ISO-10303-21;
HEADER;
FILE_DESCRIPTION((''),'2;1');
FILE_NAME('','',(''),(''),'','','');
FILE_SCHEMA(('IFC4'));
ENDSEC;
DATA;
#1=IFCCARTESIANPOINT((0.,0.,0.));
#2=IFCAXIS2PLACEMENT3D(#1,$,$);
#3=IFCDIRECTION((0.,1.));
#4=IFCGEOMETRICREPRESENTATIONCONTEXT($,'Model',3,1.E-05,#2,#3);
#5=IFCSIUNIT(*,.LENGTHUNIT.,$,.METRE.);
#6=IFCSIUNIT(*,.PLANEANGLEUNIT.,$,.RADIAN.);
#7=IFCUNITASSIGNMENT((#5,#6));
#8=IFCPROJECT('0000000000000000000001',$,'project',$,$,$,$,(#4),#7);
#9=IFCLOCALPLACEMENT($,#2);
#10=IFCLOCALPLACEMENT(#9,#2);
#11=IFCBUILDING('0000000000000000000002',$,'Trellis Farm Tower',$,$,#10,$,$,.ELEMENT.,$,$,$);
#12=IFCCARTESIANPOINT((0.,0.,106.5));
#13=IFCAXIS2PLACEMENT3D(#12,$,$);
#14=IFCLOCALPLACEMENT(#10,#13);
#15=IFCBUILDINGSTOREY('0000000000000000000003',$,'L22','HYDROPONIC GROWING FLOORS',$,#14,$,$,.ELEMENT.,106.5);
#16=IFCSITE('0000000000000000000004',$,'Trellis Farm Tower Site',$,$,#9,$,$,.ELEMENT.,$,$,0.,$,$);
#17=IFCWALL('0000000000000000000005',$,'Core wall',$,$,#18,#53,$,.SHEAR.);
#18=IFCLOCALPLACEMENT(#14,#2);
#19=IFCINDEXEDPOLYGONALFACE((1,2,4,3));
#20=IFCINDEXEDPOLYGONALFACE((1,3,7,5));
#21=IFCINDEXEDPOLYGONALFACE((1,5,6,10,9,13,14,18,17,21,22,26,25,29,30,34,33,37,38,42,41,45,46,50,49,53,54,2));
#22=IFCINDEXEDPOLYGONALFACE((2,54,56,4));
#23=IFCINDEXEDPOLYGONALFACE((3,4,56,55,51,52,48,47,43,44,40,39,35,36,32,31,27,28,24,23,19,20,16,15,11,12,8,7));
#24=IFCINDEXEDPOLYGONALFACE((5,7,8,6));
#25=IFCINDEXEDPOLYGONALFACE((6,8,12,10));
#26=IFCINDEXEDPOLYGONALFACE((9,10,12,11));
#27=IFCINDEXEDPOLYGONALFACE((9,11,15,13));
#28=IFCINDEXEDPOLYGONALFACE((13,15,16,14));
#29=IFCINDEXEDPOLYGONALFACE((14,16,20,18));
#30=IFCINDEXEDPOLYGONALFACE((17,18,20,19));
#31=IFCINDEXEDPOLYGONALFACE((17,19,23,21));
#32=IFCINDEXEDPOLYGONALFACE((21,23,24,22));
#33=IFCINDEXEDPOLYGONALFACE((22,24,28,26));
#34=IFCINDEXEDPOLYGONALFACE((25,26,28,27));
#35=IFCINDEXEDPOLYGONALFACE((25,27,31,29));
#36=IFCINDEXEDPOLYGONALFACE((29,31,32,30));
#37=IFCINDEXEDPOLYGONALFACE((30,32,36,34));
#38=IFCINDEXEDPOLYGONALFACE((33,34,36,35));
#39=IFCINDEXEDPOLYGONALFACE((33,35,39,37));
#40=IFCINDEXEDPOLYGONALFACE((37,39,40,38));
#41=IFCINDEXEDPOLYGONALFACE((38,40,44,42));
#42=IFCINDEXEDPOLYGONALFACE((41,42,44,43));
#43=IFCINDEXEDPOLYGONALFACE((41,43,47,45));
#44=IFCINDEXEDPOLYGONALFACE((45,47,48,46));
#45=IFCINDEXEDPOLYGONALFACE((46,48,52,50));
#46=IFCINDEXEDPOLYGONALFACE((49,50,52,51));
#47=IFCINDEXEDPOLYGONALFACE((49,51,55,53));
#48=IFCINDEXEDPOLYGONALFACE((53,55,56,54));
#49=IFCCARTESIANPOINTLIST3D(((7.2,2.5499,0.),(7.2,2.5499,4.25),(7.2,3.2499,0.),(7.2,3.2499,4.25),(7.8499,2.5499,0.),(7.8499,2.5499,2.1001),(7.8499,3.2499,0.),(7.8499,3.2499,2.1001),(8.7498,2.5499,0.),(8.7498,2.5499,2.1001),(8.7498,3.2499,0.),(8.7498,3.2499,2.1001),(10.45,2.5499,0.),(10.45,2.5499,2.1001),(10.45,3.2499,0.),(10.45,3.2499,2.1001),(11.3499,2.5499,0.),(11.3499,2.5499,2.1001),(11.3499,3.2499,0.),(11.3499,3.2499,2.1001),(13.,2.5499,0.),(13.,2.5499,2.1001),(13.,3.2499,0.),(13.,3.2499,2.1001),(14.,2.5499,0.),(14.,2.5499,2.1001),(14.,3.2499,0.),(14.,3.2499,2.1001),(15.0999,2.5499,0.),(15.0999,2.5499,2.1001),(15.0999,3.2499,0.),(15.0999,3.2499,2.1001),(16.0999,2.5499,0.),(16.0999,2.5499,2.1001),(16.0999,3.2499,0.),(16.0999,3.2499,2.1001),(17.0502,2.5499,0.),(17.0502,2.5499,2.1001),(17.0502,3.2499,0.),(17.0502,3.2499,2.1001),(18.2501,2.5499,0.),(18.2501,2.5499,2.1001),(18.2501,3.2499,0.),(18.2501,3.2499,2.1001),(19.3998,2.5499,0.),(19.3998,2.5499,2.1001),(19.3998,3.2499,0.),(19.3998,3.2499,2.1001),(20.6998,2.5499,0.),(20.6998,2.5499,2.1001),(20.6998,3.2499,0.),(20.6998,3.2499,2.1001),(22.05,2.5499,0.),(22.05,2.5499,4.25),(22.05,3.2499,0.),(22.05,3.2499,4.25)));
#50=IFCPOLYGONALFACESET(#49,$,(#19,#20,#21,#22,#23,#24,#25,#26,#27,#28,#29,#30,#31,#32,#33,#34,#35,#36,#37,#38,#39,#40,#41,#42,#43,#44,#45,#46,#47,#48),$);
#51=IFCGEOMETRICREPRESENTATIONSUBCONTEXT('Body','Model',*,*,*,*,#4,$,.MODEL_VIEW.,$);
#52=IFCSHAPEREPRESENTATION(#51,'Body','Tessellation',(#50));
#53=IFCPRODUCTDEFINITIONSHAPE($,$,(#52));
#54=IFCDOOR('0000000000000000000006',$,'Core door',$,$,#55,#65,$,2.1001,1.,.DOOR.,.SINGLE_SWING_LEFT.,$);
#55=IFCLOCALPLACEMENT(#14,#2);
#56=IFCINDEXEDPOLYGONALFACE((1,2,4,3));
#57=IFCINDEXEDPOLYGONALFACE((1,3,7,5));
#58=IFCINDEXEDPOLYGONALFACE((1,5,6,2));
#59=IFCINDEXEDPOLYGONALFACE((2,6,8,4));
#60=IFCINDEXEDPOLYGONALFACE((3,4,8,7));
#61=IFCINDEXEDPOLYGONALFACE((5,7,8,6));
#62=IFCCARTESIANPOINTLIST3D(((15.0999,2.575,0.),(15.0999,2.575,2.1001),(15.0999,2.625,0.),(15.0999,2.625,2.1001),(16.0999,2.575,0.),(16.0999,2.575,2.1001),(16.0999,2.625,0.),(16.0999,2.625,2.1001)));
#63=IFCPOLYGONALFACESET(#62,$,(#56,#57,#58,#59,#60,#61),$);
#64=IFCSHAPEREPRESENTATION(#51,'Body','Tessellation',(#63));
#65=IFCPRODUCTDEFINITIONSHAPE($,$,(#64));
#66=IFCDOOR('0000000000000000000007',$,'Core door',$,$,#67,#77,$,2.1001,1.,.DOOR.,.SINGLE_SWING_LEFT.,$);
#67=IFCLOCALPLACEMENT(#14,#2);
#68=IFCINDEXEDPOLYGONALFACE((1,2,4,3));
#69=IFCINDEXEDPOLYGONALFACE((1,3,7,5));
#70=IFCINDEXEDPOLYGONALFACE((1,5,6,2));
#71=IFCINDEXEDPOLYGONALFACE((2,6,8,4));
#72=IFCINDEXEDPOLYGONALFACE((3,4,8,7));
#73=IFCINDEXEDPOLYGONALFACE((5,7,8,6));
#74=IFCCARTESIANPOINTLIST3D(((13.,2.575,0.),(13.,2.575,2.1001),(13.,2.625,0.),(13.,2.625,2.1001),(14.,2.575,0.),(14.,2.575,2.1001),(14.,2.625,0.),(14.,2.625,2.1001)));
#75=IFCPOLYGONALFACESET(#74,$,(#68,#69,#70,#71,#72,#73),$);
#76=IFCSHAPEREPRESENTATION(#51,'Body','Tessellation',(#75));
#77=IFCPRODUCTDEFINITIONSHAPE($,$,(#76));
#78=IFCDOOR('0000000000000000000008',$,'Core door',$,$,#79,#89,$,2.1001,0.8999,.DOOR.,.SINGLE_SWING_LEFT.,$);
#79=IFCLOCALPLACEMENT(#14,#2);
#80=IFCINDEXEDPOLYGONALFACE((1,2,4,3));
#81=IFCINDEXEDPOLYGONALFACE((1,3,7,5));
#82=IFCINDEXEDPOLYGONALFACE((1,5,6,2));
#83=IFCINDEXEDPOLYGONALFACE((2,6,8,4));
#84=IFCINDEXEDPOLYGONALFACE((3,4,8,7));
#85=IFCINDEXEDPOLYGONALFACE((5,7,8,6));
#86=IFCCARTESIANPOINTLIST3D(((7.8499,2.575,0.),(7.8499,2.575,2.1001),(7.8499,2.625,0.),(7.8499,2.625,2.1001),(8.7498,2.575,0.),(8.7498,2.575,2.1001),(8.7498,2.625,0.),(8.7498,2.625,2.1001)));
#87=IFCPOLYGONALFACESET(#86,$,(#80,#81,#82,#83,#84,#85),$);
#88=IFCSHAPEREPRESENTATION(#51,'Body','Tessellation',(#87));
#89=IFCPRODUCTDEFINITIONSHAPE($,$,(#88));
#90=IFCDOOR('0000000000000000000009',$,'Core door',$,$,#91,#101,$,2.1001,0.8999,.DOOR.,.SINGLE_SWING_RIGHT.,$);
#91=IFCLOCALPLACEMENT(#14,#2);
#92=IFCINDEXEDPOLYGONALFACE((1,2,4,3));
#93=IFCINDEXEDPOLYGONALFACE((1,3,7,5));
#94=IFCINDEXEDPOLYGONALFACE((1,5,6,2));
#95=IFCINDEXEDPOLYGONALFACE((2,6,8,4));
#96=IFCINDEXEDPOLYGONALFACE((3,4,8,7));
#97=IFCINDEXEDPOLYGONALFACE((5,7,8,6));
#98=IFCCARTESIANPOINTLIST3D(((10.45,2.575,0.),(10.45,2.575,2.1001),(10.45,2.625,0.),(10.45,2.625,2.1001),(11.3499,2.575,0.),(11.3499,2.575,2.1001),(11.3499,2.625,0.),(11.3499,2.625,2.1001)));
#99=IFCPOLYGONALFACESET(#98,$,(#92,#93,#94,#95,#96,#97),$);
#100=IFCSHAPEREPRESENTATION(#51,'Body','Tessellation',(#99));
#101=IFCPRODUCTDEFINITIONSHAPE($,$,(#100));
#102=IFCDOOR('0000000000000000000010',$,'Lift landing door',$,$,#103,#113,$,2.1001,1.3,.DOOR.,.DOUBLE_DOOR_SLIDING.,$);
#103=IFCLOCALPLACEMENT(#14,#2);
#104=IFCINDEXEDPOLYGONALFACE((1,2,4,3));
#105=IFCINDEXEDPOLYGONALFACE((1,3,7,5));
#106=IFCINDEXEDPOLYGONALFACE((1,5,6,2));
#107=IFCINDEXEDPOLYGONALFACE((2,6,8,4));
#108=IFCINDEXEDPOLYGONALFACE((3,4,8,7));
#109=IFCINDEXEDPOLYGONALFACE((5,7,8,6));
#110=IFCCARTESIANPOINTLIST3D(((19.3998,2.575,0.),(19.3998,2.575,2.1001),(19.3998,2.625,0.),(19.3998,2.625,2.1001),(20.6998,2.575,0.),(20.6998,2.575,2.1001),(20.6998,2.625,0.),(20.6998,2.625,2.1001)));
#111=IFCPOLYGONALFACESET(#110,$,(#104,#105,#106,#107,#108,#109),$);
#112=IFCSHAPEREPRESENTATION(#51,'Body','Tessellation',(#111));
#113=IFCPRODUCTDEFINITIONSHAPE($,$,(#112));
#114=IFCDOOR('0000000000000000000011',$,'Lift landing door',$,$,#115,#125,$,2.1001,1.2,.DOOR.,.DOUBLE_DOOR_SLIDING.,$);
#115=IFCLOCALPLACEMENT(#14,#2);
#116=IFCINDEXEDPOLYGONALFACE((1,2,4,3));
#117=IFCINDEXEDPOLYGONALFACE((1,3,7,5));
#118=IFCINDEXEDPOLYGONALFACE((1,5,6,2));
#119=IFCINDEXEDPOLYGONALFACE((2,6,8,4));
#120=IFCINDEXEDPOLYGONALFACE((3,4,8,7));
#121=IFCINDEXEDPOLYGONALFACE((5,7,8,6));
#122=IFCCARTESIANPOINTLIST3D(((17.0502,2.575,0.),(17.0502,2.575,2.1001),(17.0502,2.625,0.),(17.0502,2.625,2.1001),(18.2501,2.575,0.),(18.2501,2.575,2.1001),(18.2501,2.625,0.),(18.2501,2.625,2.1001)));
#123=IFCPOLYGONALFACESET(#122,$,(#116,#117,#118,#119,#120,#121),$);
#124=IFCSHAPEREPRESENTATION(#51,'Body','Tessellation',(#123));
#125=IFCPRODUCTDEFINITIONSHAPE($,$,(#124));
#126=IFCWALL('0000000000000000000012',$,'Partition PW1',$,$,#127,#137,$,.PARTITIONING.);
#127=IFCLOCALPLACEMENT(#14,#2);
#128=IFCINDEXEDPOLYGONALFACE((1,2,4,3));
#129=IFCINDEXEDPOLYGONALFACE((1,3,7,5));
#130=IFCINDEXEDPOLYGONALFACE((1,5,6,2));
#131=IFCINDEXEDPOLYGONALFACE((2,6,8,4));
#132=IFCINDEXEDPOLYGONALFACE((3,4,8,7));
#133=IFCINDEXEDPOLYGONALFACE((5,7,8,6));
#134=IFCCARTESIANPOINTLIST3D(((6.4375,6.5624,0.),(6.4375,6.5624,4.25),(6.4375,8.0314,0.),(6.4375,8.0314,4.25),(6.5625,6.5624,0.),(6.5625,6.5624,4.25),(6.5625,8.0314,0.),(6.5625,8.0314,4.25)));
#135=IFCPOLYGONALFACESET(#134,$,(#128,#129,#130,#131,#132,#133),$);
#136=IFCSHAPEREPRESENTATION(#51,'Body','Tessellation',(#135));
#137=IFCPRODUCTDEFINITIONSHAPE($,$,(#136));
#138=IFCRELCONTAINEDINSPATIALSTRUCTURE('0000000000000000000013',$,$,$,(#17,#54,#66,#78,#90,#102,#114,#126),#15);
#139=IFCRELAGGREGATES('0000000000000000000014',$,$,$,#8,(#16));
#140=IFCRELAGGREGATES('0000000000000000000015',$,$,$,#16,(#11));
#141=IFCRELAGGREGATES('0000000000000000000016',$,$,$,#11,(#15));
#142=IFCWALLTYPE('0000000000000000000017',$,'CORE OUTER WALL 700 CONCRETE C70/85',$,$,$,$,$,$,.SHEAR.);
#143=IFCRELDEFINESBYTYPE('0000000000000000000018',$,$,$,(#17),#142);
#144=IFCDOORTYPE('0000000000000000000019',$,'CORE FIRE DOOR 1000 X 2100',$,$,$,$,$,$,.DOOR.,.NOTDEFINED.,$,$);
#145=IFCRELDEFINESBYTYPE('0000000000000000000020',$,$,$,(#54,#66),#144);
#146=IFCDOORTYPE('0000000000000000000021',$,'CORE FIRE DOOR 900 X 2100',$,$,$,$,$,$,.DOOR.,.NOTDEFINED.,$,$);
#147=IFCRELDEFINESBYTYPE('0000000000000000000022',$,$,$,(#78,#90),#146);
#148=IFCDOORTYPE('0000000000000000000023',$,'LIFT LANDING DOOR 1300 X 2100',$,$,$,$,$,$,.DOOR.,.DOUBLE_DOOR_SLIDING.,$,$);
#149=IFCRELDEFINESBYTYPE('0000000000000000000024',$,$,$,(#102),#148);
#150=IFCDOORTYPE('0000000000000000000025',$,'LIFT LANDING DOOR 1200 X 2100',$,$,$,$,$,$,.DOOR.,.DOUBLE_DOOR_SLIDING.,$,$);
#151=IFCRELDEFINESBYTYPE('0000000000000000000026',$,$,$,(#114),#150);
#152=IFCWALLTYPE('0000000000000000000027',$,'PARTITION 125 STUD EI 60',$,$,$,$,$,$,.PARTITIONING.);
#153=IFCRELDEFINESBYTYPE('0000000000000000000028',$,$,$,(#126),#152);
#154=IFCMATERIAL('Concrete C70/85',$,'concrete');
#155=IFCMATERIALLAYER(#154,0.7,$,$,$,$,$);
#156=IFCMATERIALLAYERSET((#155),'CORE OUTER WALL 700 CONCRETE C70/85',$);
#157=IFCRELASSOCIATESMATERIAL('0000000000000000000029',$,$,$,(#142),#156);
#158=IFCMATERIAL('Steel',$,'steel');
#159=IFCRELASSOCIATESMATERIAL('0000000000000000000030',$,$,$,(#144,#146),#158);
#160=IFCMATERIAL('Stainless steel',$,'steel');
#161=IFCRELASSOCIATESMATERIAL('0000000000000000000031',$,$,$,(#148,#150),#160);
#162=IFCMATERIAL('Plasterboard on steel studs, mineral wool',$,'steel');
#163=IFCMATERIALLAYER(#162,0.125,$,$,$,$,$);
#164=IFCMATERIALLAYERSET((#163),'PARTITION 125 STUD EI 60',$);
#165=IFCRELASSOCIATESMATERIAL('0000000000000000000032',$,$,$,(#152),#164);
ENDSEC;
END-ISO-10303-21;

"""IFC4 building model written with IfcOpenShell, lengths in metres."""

from ifc_helpers import new_model, si_unit, direction, frame, frame_2d, origin, place, context, subcontext, project, spatial, rectangle, extrude, source, transform, mapped, material, layer, layer_set, type_object, element, fill, save


model = new_model("IFC4")

# Units and contexts
model_context = context("Model", 3, precision=1e-05, world=origin(), true_north=direction((0.0, 1.0)))
body_context = subcontext(model_context, "Body", "Model", "MODEL_VIEW")
ifc_project = project(units=[si_unit("LENGTHUNIT", "METRE"), si_unit("PLANEANGLEUNIT", "RADIAN")], contexts=[model_context])

# Site, building, storey
site_placement = place(None, origin())
site = spatial("IfcSite", under=ifc_project, at=site_placement, Name="Trellis Farm Tower Site", CompositionType="ELEMENT", RefElevation=0.0)
building_placement = place(site_placement, origin())
building = spatial("IfcBuilding", under=site, at=building_placement, Name="Trellis Farm Tower", CompositionType="ELEMENT")
storey_placement = place(building_placement, frame((0.0, 0.0, 106.5)))
storey = spatial("IfcBuildingStorey", under=building, at=storey_placement, Name="L22", Description="HYDROPONIC GROWING FLOORS", CompositionType="ELEMENT", Elevation=106.5)

# Shared definitions
ifc_material_1 = material(Name="Concrete C70/85", Category="concrete")

# Wall, openings, doors
ifc_layer_1 = layer(ifc_material_1, 0.7)
ifc_layer_set_1 = layer_set([ifc_layer_1], Name="CORE OUTER WALL 700 CONCRETE C70/85")
wall_type_1 = type_object("IfcWallType", Name="CORE OUTER WALL 700 CONCRETE C70/85", PredefinedType="SHEAR", material=ifc_layer_set_1)
shared_shape_1 = source(origin(), body_context, "Body", "SweptSolid", [
    extrude(rectangle(XDim=14.8501, YDim=0.7, at=frame_2d((7.425, 0.0))), origin(), (0.0, 0.0, 1.0), 4.25),
])
wall_1_placement = place(storey_placement, frame((7.2, 2.8999, 0.0), z_axis=(0.0, 0.0, 1.0), x_axis=(1.0, 0.0, 0.0)))
wall_1 = element("IfcWall", 1, at=wall_1_placement, inside=storey, type_object=wall_type_1, Name="Core wall", PredefinedType="SHEAR", context=body_context, shape_type="MappedRepresentation", body=[
    mapped(shared_shape_1, transform((0.0, 0.0, 0.0))),
])
shared_shape_2 = source(origin(), body_context, "Body", "SweptSolid", [
    extrude(rectangle(XDim=1.3, YDim=2.1001, at=frame_2d((0.6499, 1.05))), frame((0.0, 0.3601, 0.0), z_axis=(0.0, -1.0, 0.0), x_axis=(1.0, 0.0, 0.0)), (0.0, 0.0, 1.0), 0.7202),
])
opening_1_placement = place(wall_1_placement, frame((12.2, 0.0, 0.0)))
opening_1 = element("IfcOpeningElement", 2, at=opening_1_placement, cuts=wall_1, PredefinedType="OPENING", context=body_context, shape_type="MappedRepresentation", body=[
    mapped(shared_shape_2, transform((0.0, 0.0, 0.0))),
])
shared_shape_3 = source(origin(), body_context, "Body", "SweptSolid", [
    extrude(rectangle(XDim=1.2, YDim=2.1001, at=frame_2d((0.6001, 1.05))), frame((0.0, 0.3601, 0.0), z_axis=(0.0, -1.0, 0.0), x_axis=(1.0, 0.0, 0.0)), (0.0, 0.0, 1.0), 0.7202),
])
opening_2_placement = place(wall_1_placement, frame((9.8501, 0.0, 0.0)))
opening_2 = element("IfcOpeningElement", 3, at=opening_2_placement, cuts=wall_1, PredefinedType="OPENING", context=body_context, shape_type="MappedRepresentation", body=[
    mapped(shared_shape_3, transform((0.0, 0.0, 0.0))),
])
shared_shape_4 = source(origin(), body_context, "Body", "SweptSolid", [
    extrude(rectangle(XDim=1.0, YDim=2.1001, at=frame_2d((0.5, 1.05))), frame((0.0, 0.3601, 0.0), z_axis=(0.0, -1.0, 0.0), x_axis=(1.0, 0.0, 0.0)), (0.0, 0.0, 1.0), 0.7202),
])
opening_3_placement = place(wall_1_placement, frame((7.8999, 0.0, 0.0)))
opening_3 = element("IfcOpeningElement", 4, at=opening_3_placement, cuts=wall_1, PredefinedType="OPENING", context=body_context, shape_type="MappedRepresentation", body=[
    mapped(shared_shape_4, transform((0.0, 0.0, 0.0))),
])
shared_shape_5 = source(origin(), body_context, "Body", "SweptSolid", [
    extrude(rectangle(XDim=0.8999, YDim=2.1001, at=frame_2d((0.45, 1.05))), frame((0.0, 0.3601, 0.0), z_axis=(0.0, -1.0, 0.0), x_axis=(1.0, 0.0, 0.0)), (0.0, 0.0, 1.0), 0.7202),
])
opening_4_placement = place(wall_1_placement, frame((0.6499, 0.0, 0.0)))
opening_4 = element("IfcOpeningElement", 5, at=opening_4_placement, cuts=wall_1, PredefinedType="OPENING", context=body_context, shape_type="MappedRepresentation", body=[
    mapped(shared_shape_5, transform((0.0, 0.0, 0.0))),
])
opening_5_placement = place(wall_1_placement, frame((3.25, 0.0, 0.0)))
opening_5 = element("IfcOpeningElement", 6, at=opening_5_placement, cuts=wall_1, PredefinedType="OPENING", context=body_context, shape_type="MappedRepresentation", body=[
    mapped(shared_shape_5, transform((0.0, 0.0, 0.0))),
])
opening_6_placement = place(wall_1_placement, frame((5.8, 0.0, 0.0)))
opening_6 = element("IfcOpeningElement", 7, at=opening_6_placement, cuts=wall_1, PredefinedType="OPENING", context=body_context, shape_type="MappedRepresentation", body=[
    mapped(shared_shape_4, transform((0.0, 0.0, 0.0))),
])
ifc_material_2 = material(Name="Steel", Category="steel")
door_type_1 = type_object("IfcDoorType", Name="CORE FIRE DOOR 1000 X 2100", OperationType="NOTDEFINED", PredefinedType="DOOR", material=ifc_material_2)
shared_shape_6 = source(origin(), body_context, "Body", "SweptSolid", [
    extrude(rectangle(XDim=1.0, YDim=2.1001, at=frame_2d((0.5, 1.05))), frame((0.0, -0.2749, 0.0), z_axis=(0.0, -1.0, 0.0), x_axis=(1.0, 0.0, 0.0)), (0.0, 0.0, 1.0), 0.05),
])
door_1_placement = place(opening_3_placement, origin())
door_1 = element("IfcDoor", 8, at=door_1_placement, inside=storey, type_object=door_type_1, Name="Core door", OperationType="SINGLE_SWING_LEFT", OverallHeight=2.1001, OverallWidth=1.0, PredefinedType="DOOR", context=body_context, shape_type="MappedRepresentation", body=[
    mapped(shared_shape_6, transform((0.0, 0.0, 0.0))),
])
fill(opening_3, door_1)
door_2_placement = place(opening_6_placement, origin())
door_2 = element("IfcDoor", 9, at=door_2_placement, inside=storey, type_object=door_type_1, Name="Core door", OperationType="SINGLE_SWING_LEFT", OverallHeight=2.1001, OverallWidth=1.0, PredefinedType="DOOR", context=body_context, shape_type="MappedRepresentation", body=[
    mapped(shared_shape_6, transform((0.0, 0.0, 0.0))),
])
fill(opening_6, door_2)
door_type_2 = type_object("IfcDoorType", Name="CORE FIRE DOOR 900 X 2100", OperationType="NOTDEFINED", PredefinedType="DOOR", material=ifc_material_2)
shared_shape_7 = source(origin(), body_context, "Body", "SweptSolid", [
    extrude(rectangle(XDim=0.8999, YDim=2.1001, at=frame_2d((0.45, 1.05))), frame((0.0, -0.2749, 0.0), z_axis=(0.0, -1.0, 0.0), x_axis=(1.0, 0.0, 0.0)), (0.0, 0.0, 1.0), 0.05),
])
door_3_placement = place(opening_4_placement, origin())
door_3 = element("IfcDoor", 10, at=door_3_placement, inside=storey, type_object=door_type_2, Name="Core door", OperationType="SINGLE_SWING_LEFT", OverallHeight=2.1001, OverallWidth=0.8999, PredefinedType="DOOR", context=body_context, shape_type="MappedRepresentation", body=[
    mapped(shared_shape_7, transform((0.0, 0.0, 0.0))),
])
fill(opening_4, door_3)
door_4_placement = place(opening_5_placement, origin())
door_4 = element("IfcDoor", 11, at=door_4_placement, inside=storey, type_object=door_type_2, Name="Core door", OperationType="SINGLE_SWING_RIGHT", OverallHeight=2.1001, OverallWidth=0.8999, PredefinedType="DOOR", context=body_context, shape_type="MappedRepresentation", body=[
    mapped(shared_shape_7, transform((0.0, 0.0, 0.0))),
])
fill(opening_5, door_4)
ifc_material_3 = material(Name="Stainless steel", Category="steel")
door_type_3 = type_object("IfcDoorType", Name="LIFT LANDING DOOR 1300 X 2100", OperationType="DOUBLE_DOOR_SLIDING", PredefinedType="DOOR", material=ifc_material_3)
shared_shape_8 = source(origin(), body_context, "Body", "SweptSolid", [
    extrude(rectangle(XDim=1.3, YDim=2.1001, at=frame_2d((0.6499, 1.05))), frame((0.0, -0.2749, 0.0), z_axis=(0.0, -1.0, 0.0), x_axis=(1.0, 0.0, 0.0)), (0.0, 0.0, 1.0), 0.05),
])
door_5_placement = place(opening_1_placement, origin())
door_5 = element("IfcDoor", 12, at=door_5_placement, inside=storey, type_object=door_type_3, Name="Lift landing door", OperationType="DOUBLE_DOOR_SLIDING", OverallHeight=2.1001, OverallWidth=1.3, PredefinedType="DOOR", context=body_context, shape_type="MappedRepresentation", body=[
    mapped(shared_shape_8, transform((0.0, 0.0, 0.0))),
])
fill(opening_1, door_5)
door_type_4 = type_object("IfcDoorType", Name="LIFT LANDING DOOR 1200 X 2100", OperationType="DOUBLE_DOOR_SLIDING", PredefinedType="DOOR", material=ifc_material_3)
shared_shape_9 = source(origin(), body_context, "Body", "SweptSolid", [
    extrude(rectangle(XDim=1.2, YDim=2.1001, at=frame_2d((0.6001, 1.05))), frame((0.0, -0.2749, 0.0), z_axis=(0.0, -1.0, 0.0), x_axis=(1.0, 0.0, 0.0)), (0.0, 0.0, 1.0), 0.05),
])
door_6_placement = place(opening_2_placement, origin())
door_6 = element("IfcDoor", 13, at=door_6_placement, inside=storey, type_object=door_type_4, Name="Lift landing door", OperationType="DOUBLE_DOOR_SLIDING", OverallHeight=2.1001, OverallWidth=1.2, PredefinedType="DOOR", context=body_context, shape_type="MappedRepresentation", body=[
    mapped(shared_shape_9, transform((0.0, 0.0, 0.0))),
])
fill(opening_2, door_6)

# Wall
ifc_material_4 = material(Name="Plasterboard on steel studs, mineral wool", Category="steel")
ifc_layer_2 = layer(ifc_material_4, 0.125)
ifc_layer_set_2 = layer_set([ifc_layer_2], Name="PARTITION 125 STUD EI 60")
wall_type_2 = type_object("IfcWallType", Name="PARTITION 125 STUD EI 60", PredefinedType="PARTITIONING", material=ifc_layer_set_2)
shared_shape_10 = source(origin(), body_context, "Body", "SweptSolid", [
    extrude(rectangle(XDim=1.469, YDim=0.125, at=frame_2d((0.7344, 0.0))), origin(), (0.0, 0.0, 1.0), 4.25),
])
wall_2_placement = place(storey_placement, frame((6.5, 6.5625, 0.0), z_axis=(0.0, 0.0, 1.0), x_axis=(0.0, 1.0, 0.0)))
element("IfcWall", 14, at=wall_2_placement, inside=storey, type_object=wall_type_2, Name="Partition PW1", PredefinedType="PARTITIONING", context=body_context, shape_type="MappedRepresentation", body=[
    mapped(shared_shape_10, transform((0.0, 0.0, 0.0))),
])

save(model, "model.ifc")
